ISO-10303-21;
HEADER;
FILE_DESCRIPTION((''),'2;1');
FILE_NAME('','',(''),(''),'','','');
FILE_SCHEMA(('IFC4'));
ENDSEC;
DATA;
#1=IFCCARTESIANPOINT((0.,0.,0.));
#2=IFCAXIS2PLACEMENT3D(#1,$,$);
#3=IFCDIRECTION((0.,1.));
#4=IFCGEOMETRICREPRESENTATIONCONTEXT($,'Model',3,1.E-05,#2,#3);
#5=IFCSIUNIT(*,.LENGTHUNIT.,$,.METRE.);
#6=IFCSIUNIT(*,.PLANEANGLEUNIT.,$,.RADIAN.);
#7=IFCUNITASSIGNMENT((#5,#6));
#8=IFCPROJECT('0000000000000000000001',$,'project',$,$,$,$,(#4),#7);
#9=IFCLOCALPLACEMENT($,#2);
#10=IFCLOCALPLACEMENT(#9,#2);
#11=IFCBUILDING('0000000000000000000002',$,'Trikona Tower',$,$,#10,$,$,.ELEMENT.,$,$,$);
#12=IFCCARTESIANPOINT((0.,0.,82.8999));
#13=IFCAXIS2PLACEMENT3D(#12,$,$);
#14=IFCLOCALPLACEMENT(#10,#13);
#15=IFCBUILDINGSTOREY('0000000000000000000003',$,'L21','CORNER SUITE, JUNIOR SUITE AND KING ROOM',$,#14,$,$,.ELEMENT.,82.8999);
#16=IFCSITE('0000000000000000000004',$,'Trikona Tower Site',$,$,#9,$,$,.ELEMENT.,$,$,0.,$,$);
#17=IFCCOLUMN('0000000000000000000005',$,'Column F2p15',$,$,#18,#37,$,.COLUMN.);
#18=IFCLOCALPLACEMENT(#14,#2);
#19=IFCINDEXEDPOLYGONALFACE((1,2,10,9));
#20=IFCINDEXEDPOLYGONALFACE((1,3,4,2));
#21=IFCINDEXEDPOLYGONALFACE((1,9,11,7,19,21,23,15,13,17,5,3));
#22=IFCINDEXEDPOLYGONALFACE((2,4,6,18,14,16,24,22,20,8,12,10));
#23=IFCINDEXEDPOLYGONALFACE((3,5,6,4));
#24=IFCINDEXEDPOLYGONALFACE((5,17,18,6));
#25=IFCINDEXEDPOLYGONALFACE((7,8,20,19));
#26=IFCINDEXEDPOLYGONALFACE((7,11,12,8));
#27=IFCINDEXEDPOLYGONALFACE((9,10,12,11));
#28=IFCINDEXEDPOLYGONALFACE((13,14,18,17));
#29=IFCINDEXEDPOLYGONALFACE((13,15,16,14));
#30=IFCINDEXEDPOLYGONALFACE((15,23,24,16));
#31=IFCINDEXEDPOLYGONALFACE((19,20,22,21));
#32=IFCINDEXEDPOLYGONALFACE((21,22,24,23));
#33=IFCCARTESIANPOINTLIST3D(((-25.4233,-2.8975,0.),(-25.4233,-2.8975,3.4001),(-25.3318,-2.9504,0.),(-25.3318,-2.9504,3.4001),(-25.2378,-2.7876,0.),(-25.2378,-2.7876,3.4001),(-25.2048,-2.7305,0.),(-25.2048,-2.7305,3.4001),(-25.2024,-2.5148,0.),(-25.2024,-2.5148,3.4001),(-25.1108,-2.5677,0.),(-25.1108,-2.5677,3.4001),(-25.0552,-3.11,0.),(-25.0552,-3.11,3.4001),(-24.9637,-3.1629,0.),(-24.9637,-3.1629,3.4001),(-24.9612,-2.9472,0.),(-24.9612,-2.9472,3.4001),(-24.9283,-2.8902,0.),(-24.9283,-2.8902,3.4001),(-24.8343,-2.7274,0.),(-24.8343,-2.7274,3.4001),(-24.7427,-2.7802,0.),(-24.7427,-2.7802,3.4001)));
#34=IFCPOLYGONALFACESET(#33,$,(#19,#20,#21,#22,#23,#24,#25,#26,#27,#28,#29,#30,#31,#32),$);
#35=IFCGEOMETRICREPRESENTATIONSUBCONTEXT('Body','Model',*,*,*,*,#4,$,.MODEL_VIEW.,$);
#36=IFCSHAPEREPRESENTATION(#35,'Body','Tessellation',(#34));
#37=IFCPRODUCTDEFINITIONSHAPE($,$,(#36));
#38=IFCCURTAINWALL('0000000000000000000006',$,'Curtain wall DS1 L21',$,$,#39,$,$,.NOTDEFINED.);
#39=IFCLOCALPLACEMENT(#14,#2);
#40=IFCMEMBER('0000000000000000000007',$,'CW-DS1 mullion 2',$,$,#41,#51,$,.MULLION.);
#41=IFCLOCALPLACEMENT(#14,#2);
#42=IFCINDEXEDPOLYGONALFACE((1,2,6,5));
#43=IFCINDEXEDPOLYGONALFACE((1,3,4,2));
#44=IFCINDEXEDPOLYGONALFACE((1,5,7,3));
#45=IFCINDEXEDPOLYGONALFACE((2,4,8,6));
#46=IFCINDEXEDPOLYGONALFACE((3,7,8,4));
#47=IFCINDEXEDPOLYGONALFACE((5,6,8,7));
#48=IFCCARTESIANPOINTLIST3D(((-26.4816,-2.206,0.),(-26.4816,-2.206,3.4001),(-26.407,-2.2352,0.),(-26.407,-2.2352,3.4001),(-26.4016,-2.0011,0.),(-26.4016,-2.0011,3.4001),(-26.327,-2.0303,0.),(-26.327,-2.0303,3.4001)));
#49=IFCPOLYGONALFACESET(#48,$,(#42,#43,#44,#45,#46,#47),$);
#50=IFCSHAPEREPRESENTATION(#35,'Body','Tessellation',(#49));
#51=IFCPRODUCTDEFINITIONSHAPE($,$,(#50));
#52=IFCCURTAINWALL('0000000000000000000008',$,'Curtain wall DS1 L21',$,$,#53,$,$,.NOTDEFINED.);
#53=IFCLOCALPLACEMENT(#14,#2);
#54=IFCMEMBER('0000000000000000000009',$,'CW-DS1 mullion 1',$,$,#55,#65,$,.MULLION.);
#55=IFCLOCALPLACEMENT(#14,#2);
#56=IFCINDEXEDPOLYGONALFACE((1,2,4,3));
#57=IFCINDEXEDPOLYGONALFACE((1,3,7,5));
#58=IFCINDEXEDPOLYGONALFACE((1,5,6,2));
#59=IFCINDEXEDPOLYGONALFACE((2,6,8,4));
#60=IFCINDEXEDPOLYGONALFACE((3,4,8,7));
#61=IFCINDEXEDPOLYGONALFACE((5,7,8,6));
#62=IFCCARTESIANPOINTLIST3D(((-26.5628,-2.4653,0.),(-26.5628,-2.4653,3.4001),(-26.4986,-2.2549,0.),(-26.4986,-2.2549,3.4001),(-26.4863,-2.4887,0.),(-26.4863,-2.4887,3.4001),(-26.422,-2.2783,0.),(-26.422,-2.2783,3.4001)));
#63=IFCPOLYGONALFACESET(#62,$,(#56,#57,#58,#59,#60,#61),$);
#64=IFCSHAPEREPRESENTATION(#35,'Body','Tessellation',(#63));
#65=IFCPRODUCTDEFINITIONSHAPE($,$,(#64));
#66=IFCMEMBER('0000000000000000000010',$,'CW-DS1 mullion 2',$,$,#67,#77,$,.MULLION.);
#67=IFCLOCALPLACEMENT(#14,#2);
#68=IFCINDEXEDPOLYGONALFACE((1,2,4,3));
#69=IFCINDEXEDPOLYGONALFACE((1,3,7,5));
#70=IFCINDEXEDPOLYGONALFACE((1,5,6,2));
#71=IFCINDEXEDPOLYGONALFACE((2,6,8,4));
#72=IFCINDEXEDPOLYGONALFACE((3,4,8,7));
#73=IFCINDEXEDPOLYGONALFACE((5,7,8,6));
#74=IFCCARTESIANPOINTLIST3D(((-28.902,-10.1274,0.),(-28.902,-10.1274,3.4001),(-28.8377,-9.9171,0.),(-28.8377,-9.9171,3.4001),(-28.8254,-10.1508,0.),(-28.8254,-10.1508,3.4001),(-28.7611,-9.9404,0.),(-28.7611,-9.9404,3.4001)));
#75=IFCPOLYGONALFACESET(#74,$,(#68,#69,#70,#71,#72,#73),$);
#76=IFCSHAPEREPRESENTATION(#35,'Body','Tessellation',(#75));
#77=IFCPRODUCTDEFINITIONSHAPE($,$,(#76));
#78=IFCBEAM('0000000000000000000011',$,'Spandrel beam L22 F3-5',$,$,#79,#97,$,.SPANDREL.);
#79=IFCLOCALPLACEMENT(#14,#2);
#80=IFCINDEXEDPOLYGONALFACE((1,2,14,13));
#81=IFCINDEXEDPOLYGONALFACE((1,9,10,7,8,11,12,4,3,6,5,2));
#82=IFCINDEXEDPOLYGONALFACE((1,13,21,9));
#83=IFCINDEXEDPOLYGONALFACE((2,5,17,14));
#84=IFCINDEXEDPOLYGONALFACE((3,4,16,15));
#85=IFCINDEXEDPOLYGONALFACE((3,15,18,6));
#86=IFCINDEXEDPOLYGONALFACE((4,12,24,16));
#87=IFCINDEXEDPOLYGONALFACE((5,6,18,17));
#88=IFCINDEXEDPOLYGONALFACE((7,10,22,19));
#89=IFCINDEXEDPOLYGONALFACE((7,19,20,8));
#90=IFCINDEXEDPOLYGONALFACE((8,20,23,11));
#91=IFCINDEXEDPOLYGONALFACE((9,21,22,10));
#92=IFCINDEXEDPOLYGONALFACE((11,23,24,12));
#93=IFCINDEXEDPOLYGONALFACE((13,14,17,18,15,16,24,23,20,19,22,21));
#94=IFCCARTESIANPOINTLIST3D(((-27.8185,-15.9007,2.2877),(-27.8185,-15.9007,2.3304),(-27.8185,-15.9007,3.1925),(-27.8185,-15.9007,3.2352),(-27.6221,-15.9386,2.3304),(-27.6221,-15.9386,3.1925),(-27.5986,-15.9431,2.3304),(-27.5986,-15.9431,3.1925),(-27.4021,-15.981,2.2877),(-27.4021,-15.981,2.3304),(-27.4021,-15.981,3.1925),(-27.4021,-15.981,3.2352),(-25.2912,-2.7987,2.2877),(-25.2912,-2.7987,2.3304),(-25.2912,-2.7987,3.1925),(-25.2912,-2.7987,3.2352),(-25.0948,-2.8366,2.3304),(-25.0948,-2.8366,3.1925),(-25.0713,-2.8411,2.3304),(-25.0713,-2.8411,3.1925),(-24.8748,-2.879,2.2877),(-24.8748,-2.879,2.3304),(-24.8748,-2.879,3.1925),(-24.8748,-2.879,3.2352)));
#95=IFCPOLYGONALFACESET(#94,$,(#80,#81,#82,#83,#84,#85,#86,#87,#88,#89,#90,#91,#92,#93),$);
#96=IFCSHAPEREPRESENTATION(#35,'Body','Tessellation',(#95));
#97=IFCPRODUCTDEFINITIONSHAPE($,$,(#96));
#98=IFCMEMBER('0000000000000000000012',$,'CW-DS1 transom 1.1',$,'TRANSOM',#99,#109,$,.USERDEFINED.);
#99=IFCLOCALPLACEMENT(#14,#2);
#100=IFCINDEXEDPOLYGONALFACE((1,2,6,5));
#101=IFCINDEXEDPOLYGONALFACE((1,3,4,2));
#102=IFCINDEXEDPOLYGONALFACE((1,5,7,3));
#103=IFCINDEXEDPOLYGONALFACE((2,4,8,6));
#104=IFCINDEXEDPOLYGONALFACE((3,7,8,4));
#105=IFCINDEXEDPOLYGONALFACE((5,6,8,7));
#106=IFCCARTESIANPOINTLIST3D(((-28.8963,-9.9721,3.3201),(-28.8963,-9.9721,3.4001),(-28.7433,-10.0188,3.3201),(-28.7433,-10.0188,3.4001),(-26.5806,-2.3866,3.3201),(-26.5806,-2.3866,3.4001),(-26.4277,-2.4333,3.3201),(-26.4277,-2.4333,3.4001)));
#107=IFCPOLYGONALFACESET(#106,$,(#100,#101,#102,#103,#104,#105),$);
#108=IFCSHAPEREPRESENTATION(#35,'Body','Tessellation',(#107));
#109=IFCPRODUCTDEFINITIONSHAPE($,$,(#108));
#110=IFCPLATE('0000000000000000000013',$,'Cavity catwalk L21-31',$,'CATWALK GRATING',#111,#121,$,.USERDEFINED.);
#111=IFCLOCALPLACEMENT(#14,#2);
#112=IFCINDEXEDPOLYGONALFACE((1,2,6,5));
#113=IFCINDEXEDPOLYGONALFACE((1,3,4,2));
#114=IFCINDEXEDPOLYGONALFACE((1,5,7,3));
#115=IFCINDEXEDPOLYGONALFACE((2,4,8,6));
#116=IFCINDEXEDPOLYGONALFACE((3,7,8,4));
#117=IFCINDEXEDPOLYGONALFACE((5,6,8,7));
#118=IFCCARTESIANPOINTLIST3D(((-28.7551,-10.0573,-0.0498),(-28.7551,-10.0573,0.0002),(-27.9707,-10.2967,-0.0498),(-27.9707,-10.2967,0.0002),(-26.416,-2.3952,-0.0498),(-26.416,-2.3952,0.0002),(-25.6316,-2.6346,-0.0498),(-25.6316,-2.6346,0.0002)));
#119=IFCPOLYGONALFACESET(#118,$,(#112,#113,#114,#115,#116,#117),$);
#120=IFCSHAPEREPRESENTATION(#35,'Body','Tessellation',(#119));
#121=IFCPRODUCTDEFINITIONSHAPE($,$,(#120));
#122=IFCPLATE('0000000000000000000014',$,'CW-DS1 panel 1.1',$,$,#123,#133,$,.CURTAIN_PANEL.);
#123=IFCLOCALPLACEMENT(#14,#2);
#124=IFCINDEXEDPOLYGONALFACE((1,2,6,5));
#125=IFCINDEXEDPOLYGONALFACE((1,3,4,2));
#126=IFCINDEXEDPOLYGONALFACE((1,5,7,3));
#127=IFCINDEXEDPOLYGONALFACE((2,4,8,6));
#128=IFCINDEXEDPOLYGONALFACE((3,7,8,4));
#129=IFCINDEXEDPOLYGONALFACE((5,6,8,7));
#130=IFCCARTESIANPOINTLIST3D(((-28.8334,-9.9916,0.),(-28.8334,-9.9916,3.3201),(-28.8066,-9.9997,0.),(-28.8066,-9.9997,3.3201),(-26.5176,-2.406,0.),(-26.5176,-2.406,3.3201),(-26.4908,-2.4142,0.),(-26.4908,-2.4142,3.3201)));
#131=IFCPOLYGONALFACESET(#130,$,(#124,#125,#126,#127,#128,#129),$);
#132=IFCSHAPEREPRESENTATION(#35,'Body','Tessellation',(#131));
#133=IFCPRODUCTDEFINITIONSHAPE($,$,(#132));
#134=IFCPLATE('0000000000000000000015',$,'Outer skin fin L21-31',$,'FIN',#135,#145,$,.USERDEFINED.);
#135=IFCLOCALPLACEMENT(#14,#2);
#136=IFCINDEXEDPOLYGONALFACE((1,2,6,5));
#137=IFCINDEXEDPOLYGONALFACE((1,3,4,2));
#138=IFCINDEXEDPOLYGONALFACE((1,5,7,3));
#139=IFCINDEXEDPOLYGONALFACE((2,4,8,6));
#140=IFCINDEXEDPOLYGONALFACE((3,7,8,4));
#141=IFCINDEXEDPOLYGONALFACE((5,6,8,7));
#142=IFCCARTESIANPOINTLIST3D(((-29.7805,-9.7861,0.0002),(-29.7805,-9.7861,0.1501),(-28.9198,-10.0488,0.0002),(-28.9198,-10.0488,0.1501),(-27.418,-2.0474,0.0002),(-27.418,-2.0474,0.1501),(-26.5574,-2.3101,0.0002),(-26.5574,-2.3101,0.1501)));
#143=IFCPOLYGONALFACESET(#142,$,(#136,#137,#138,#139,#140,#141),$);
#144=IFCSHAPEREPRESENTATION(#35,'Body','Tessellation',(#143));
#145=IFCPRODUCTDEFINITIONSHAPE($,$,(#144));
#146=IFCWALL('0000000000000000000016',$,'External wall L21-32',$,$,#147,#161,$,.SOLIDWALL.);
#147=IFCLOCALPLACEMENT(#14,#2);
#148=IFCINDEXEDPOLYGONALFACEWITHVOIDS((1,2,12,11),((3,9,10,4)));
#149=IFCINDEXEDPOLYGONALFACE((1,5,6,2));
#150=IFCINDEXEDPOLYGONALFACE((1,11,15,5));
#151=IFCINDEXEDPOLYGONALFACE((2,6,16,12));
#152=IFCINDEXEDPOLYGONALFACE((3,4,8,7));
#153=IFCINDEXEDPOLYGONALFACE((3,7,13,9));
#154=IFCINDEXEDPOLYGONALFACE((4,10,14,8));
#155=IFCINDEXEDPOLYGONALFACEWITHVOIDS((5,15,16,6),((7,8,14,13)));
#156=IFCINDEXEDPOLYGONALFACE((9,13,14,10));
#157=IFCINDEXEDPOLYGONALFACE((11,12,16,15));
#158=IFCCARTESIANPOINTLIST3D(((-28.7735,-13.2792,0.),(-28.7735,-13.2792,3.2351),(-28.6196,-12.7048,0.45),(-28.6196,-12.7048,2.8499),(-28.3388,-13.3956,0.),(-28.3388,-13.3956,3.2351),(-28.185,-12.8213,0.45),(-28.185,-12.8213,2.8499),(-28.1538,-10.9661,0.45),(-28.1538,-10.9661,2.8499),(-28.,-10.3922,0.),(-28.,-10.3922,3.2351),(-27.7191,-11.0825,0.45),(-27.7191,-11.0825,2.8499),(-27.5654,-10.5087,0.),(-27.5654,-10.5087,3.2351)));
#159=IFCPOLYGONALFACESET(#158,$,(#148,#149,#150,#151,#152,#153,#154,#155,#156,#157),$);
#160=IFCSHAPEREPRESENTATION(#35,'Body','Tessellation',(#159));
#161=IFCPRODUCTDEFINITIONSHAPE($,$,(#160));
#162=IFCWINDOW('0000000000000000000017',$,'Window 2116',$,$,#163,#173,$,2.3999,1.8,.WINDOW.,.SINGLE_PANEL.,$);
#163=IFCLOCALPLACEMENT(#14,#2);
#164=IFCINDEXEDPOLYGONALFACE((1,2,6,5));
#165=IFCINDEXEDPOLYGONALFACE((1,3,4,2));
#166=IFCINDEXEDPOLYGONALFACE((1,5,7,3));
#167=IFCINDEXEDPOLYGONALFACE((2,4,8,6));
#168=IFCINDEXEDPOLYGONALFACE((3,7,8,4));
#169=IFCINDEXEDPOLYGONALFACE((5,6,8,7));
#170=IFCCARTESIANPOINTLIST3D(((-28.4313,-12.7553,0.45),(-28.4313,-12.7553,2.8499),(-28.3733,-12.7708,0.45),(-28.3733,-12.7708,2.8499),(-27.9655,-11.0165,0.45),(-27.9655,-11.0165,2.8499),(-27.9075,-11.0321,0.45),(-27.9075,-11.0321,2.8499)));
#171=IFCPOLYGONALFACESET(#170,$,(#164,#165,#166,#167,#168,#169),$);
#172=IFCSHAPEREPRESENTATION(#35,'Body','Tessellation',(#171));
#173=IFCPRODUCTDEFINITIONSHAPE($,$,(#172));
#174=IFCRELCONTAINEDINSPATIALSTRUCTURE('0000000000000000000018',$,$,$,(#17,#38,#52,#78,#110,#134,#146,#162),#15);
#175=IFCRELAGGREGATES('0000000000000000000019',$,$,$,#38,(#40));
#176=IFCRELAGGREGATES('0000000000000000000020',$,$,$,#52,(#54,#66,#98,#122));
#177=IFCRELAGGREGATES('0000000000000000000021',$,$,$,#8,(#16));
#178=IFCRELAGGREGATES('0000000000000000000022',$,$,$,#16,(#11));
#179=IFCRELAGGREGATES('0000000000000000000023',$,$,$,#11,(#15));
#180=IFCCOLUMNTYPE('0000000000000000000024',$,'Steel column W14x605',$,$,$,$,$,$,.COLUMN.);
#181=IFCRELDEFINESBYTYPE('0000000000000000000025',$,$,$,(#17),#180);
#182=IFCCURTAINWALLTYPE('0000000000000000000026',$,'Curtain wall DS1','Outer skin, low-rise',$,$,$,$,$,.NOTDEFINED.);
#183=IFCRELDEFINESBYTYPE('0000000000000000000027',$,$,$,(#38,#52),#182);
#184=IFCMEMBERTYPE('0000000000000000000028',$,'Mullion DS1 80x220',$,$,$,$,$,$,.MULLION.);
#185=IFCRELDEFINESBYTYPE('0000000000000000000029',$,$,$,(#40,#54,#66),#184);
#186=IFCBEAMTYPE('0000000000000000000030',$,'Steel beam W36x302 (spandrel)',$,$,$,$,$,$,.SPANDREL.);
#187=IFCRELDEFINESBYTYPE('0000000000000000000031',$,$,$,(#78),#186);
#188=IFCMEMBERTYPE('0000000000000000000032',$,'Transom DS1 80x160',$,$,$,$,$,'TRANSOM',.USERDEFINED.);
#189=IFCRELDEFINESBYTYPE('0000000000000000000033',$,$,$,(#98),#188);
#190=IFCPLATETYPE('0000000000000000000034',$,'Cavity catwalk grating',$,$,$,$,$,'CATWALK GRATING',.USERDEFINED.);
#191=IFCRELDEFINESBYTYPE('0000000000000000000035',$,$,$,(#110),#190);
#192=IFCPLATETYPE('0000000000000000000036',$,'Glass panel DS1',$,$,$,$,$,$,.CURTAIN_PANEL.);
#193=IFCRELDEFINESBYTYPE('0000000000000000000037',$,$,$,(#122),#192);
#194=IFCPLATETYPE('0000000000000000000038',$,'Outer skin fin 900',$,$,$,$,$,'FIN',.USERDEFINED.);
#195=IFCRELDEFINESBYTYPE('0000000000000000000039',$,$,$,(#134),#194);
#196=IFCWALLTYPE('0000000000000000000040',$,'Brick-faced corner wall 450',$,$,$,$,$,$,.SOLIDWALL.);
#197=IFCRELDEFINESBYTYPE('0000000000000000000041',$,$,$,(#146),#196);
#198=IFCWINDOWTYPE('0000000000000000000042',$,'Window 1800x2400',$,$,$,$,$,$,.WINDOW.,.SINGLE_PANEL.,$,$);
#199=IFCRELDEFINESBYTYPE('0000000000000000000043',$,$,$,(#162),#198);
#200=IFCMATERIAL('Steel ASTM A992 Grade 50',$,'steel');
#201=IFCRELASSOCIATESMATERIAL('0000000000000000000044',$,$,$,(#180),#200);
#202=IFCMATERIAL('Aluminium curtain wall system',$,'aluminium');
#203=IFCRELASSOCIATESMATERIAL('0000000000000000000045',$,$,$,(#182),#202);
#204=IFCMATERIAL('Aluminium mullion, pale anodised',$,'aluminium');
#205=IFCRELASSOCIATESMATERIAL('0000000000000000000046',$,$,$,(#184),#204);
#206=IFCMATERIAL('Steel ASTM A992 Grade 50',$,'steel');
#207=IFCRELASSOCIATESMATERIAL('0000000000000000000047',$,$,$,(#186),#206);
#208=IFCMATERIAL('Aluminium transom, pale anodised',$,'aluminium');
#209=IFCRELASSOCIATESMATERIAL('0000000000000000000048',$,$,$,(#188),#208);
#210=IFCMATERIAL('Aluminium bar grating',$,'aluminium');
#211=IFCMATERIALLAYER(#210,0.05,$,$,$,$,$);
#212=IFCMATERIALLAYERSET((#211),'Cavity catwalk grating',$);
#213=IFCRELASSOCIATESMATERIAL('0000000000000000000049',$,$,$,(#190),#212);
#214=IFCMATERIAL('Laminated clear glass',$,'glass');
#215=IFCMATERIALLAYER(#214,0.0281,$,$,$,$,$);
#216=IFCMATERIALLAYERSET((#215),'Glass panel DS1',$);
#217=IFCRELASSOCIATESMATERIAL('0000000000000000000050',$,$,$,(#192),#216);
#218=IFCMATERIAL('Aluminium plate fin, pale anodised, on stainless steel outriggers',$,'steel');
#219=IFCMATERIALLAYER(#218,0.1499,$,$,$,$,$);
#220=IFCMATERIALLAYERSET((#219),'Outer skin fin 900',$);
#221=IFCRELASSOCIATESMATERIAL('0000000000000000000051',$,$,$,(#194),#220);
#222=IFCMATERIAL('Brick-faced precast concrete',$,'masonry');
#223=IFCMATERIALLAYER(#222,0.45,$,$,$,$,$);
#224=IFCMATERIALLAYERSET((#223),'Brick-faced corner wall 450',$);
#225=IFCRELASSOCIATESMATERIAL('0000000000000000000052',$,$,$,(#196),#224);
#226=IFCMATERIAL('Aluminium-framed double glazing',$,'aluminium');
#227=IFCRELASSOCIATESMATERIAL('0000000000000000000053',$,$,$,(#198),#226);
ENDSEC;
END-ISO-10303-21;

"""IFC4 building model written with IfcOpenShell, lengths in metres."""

from ifc_helpers import new_model, si_unit, direction, frame, frame_2d, origin, origin_2d, place, context, subcontext, project, spatial, rectangle, i_section, extrude, material, layer, layer_set, material_profile, profile_set, type_object, element, fill, aggregate, save


model = new_model("IFC4")

# Units and contexts
model_context = context("Model", 3, precision=1e-05, world=origin(), true_north=direction((0.0, 1.0)))
body_context = subcontext(model_context, "Body", "Model", "MODEL_VIEW")
ifc_project = project(units=[si_unit("LENGTHUNIT", "METRE"), si_unit("PLANEANGLEUNIT", "RADIAN")], contexts=[model_context])

# Site, building, storey
site_placement = place(None, origin())
site = spatial("IfcSite", under=ifc_project, at=site_placement, Name="Trikona Tower Site", CompositionType="ELEMENT", RefElevation=0.0)
building_placement = place(site_placement, origin())
building = spatial("IfcBuilding", under=site, at=building_placement, Name="Trikona Tower", CompositionType="ELEMENT")
storey_placement = place(building_placement, frame((0.0, 0.0, 82.8999)))
storey = spatial("IfcBuildingStorey", under=building, at=storey_placement, Name="L21", Description="CORNER SUITE, JUNIOR SUITE AND KING ROOM", CompositionType="ELEMENT", Elevation=82.8999)

# Column
ifc_material_1 = material(Name="Steel ASTM A992 Grade 50", Category="steel")
ifc_material_profile_1 = material_profile(ifc_material_1, i_section(OverallWidth=0.4419, OverallDepth=0.5308, WebThickness=0.0659, FlangeThickness=0.1057, at=origin_2d()), Name="W14X605")
ifc_profile_set_1 = profile_set([ifc_material_profile_1], Name="Steel ASTM A992 Grade 50")
column_type = type_object("IfcColumnType", Name="Steel column W14x605", PredefinedType="COLUMN", material=ifc_profile_set_1)
column_placement = place(storey_placement, frame((-25.083, -2.8389, 0.0), z_axis=(0.0, 0.0, 1.0), x_axis=(-0.5, -0.866025, 0.0)))
element("IfcColumn", 1, at=column_placement, inside=storey, type_object=column_type, Name="Column F2p15", PredefinedType="COLUMN", context=body_context, shape_type="SweptSolid", body=[
    extrude(i_section(OverallWidth=0.4419, OverallDepth=0.5308, WebThickness=0.0659, FlangeThickness=0.1057, at=origin_2d()), origin(), (0.0, 0.0, 1.0), 3.4001),
])

# Curtain wall, member
ifc_material_2 = material(Name="Aluminium curtain wall system", Category="aluminium")
curtain_wall_type = type_object("IfcCurtainWallType", Name="Curtain wall DS1", Description="Outer skin, low-rise", PredefinedType="NOTDEFINED", material=ifc_material_2)
curtain_wall_1_placement = place(storey_placement, origin())
curtain_wall_1 = element("IfcCurtainWall", 2, at=curtain_wall_1_placement, inside=storey, type_object=curtain_wall_type, Name="Curtain wall DS1 L21", PredefinedType="NOTDEFINED")
ifc_material_3 = material(Name="Aluminium mullion, pale anodised", Category="aluminium")
ifc_material_profile_2 = material_profile(ifc_material_3, rectangle(XDim=0.0801, YDim=0.22, at=origin_2d()), Name="MUL-DS1")
ifc_profile_set_2 = profile_set([ifc_material_profile_2], Name="Aluminium mullion, pale anodised")
member_type_1 = type_object("IfcMemberType", Name="Mullion DS1 80x220", PredefinedType="MULLION", material=ifc_profile_set_2)
member_1_placement = place(storey_placement, frame((-26.4043, -2.1182, 0.0), z_axis=(0.0, 0.0, 1.0), x_axis=(0.931396, -0.364008, 0.0)))
member_1 = element("IfcMember", 3, at=member_1_placement, type_object=member_type_1, Name="CW-DS1 mullion 2", PredefinedType="MULLION", context=body_context, shape_type="SweptSolid", body=[
    extrude(rectangle(XDim=0.0801, YDim=0.22, at=origin_2d()), origin(), (0.0, 0.0, 1.0), 3.4001),
])
aggregate(curtain_wall_1, [member_1])

# Curtain wall, members
curtain_wall_2_placement = place(storey_placement, origin())
curtain_wall_2 = element("IfcCurtainWall", 4, at=curtain_wall_2_placement, inside=storey, type_object=curtain_wall_type, Name="Curtain wall DS1 L21", PredefinedType="NOTDEFINED")
member_2_placement = place(storey_placement, frame((-26.4924, -2.3718, 0.0), z_axis=(0.0, 0.0, 1.0), x_axis=(0.956423, -0.291984, 0.0)))
member_2 = element("IfcMember", 5, at=member_2_placement, type_object=member_type_1, Name="CW-DS1 mullion 1", PredefinedType="MULLION", context=body_context, shape_type="SweptSolid", body=[
    extrude(rectangle(XDim=0.0801, YDim=0.22, at=origin_2d()), origin(), (0.0, 0.0, 1.0), 3.4001),
])
member_3_placement = place(storey_placement, frame((-28.8315, -10.0339, 0.0), z_axis=(0.0, 0.0, 1.0), x_axis=(0.956423, -0.291984, 0.0)))
member_3 = element("IfcMember", 6, at=member_3_placement, type_object=member_type_1, Name="CW-DS1 mullion 2", PredefinedType="MULLION", context=body_context, shape_type="SweptSolid", body=[
    extrude(rectangle(XDim=0.0801, YDim=0.22, at=origin_2d()), origin(), (0.0, 0.0, 1.0), 3.4001),
])

# Beam
ifc_material_4 = material(Name="Steel ASTM A992 Grade 50", Category="steel")
ifc_material_profile_3 = material_profile(ifc_material_4, i_section(OverallWidth=0.4241, OverallDepth=0.9475, WebThickness=0.0239, FlangeThickness=0.0427, at=origin_2d()), Name="W36X302")
ifc_profile_set_3 = profile_set([ifc_material_profile_3], Name="Steel ASTM A992 Grade 50")
beam_type = type_object("IfcBeamType", Name="Steel beam W36x302 (spandrel)", PredefinedType="SPANDREL", material=ifc_profile_set_3)
beam_placement = place(storey_placement, frame((-25.083, -2.8389, 2.7615), z_axis=(-0.189405, -0.981899, 0.0), x_axis=(0.981899, -0.189405, 0.0)))
element("IfcBeam", 7, at=beam_placement, inside=storey, type_object=beam_type, Name="Spandrel beam L22 F3-5", PredefinedType="SPANDREL", context=body_context, shape_type="SweptSolid", body=[
    extrude(i_section(OverallWidth=0.4241, OverallDepth=0.9475, WebThickness=0.0239, FlangeThickness=0.0427, at=origin_2d()), origin(), (0.0, 0.0, 1.0), 13.3435),
])

# Member
ifc_material_5 = material(Name="Aluminium transom, pale anodised", Category="aluminium")
ifc_material_profile_4 = material_profile(ifc_material_5, rectangle(XDim=0.1599, YDim=0.0801, at=origin_2d()), Name="TRN-DS1")
ifc_profile_set_4 = profile_set([ifc_material_profile_4], Name="Aluminium transom, pale anodised")
member_type_2 = type_object("IfcMemberType", Name="Transom DS1 80x160", ElementType="TRANSOM", PredefinedType="USERDEFINED", material=ifc_profile_set_4)
member_4_placement = place(storey_placement, frame((-26.5042, -2.4099, 3.3601), z_axis=(-0.291967, -0.956428, 0.0), x_axis=(0.956428, -0.291967, 0.0)))
member_4 = element("IfcMember", 8, at=member_4_placement, type_object=member_type_2, Name="CW-DS1 transom 1.1", ObjectType="TRANSOM", PredefinedType="USERDEFINED", context=body_context, shape_type="SweptSolid", body=[
    extrude(rectangle(XDim=0.1599, YDim=0.0801, at=origin_2d()), origin(), (0.0, 0.0, 1.0), 7.9312),
])

# Plates
ifc_material_6 = material(Name="Aluminium bar grating", Category="aluminium")
ifc_layer_1 = layer(ifc_material_6, 0.05)
ifc_layer_set_1 = layer_set([ifc_layer_1], Name="Cavity catwalk grating")
plate_type_1 = type_object("IfcPlateType", Name="Cavity catwalk grating", ElementType="CATWALK GRATING", PredefinedType="USERDEFINED", material=ifc_layer_set_1)
plate_1_placement = place(storey_placement, frame((-27.1934, -6.3459, -0.0498), z_axis=(0.0, 0.0, 1.0), x_axis=(-0.291979, -0.956425, 0.0)))
element("IfcPlate", 9, at=plate_1_placement, inside=storey, type_object=plate_type_1, Name="Cavity catwalk L21-31", ObjectType="CATWALK GRATING", PredefinedType="USERDEFINED", context=body_context, shape_type="SweptSolid", body=[
    extrude(rectangle(XDim=8.0112, YDim=0.8201, at=origin_2d()), origin(), (0.0, 0.0, 1.0), 0.05),
])
ifc_material_7 = material(Name="Laminated clear glass", Category="glass")
ifc_layer_2 = layer(ifc_material_7, 0.0281)
ifc_layer_set_2 = layer_set([ifc_layer_2], Name="Glass panel DS1")
plate_type_2 = type_object("IfcPlateType", Name="Glass panel DS1", PredefinedType="CURTAIN_PANEL", material=ifc_layer_set_2)
plate_2_placement = place(storey_placement, frame((-27.6621, -6.2029, 0.0), z_axis=(0.0, 0.0, 1.0), x_axis=(-0.291984, -0.956423, 0.0)))
plate_2 = element("IfcPlate", 10, at=plate_2_placement, type_object=plate_type_2, Name="CW-DS1 panel 1.1", PredefinedType="CURTAIN_PANEL", context=body_context, shape_type="SweptSolid", body=[
    extrude(rectangle(XDim=7.9312, YDim=0.0281, at=origin_2d()), origin(), (0.0, 0.0, 1.0), 3.3201),
])
aggregate(curtain_wall_2, [member_2, member_3, member_4, plate_2])
ifc_material_8 = material(Name="Aluminium plate fin, pale anodised, on stainless steel outriggers", Category="steel")
ifc_layer_3 = layer(ifc_material_8, 0.1499)
ifc_layer_set_3 = layer_set([ifc_layer_3], Name="Outer skin fin 900")
plate_type_3 = type_object("IfcPlateType", Name="Outer skin fin 900", ElementType="FIN", PredefinedType="USERDEFINED", material=ifc_layer_set_3)
plate_3_placement = place(storey_placement, frame((-28.1689, -6.0481, 0.0002), z_axis=(0.0, 0.0, 1.0), x_axis=(-0.291979, -0.956425, 0.0)))
element("IfcPlate", 11, at=plate_3_placement, inside=storey, type_object=plate_type_3, Name="Outer skin fin L21-31", ObjectType="FIN", PredefinedType="USERDEFINED", context=body_context, shape_type="SweptSolid", body=[
    extrude(rectangle(XDim=8.0913, YDim=0.8999, at=origin_2d()), origin(), (0.0, 0.0, 1.0), 0.1499),
])

# Wall, opening, window
ifc_material_9 = material(Name="Brick-faced precast concrete", Category="masonry")
ifc_layer_4 = layer(ifc_material_9, 0.45)
ifc_layer_set_4 = layer_set([ifc_layer_4], Name="Brick-faced corner wall 450")
wall_type_1 = type_object("IfcWallType", Name="Brick-faced corner wall 450", PredefinedType="SOLIDWALL", material=ifc_layer_set_4)
wall_1_placement = place(storey_placement, frame((-27.7827, -10.4504, 0.0), z_axis=(0.0, 0.0, 1.0), x_axis=(-0.258781, -0.965936, 0.0)))
wall_1 = element("IfcWall", 12, at=wall_1_placement, inside=storey, type_object=wall_type_1, Name="External wall L21-32", PredefinedType="SOLIDWALL", context=body_context, shape_type="SweptSolid", body=[
    extrude(rectangle(XDim=2.9888, YDim=0.45, at=frame_2d((1.4944, 0.0))), origin(), (0.0, 0.0, 1.0), 3.2351),
])
opening_1_placement = place(wall_1_placement, frame((0.5942, 0.0, 0.45)))
opening_1 = element("IfcOpeningElement", 13, at=opening_1_placement, cuts=wall_1, PredefinedType="OPENING", context=body_context, shape_type="SweptSolid", body=[
    extrude(rectangle(XDim=1.8, YDim=2.3999, at=frame_2d((0.8999, 1.2))), frame((0.0, 0.2349, 0.0), z_axis=(0.0, -1.0, 0.0), x_axis=(1.0, 0.0, 0.0)), (0.0, 0.0, 1.0), 0.47),
])
ifc_material_10 = material(Name="Aluminium-framed double glazing", Category="aluminium")
window_type_1 = type_object("IfcWindowType", Name="Window 1800x2400", PartitioningType="SINGLE_PANEL", PredefinedType="WINDOW", material=ifc_material_10)
window_1_placement = place(opening_1_placement, origin())
window_1 = element("IfcWindow", 14, at=window_1_placement, inside=storey, type_object=window_type_1, Name="Window 2116", OverallHeight=2.3999, OverallWidth=1.8, PartitioningType="SINGLE_PANEL", PredefinedType="WINDOW", context=body_context, shape_type="SweptSolid", body=[
    extrude(rectangle(XDim=1.8, YDim=2.3999, at=frame_2d((0.8999, 1.2))), frame((0.0, 0.03, 0.0), z_axis=(0.0, -1.0, 0.0), x_axis=(1.0, 0.0, 0.0)), (0.0, 0.0, 1.0), 0.0601),
])
fill(opening_1, window_1)

save(model, "model.ifc")
